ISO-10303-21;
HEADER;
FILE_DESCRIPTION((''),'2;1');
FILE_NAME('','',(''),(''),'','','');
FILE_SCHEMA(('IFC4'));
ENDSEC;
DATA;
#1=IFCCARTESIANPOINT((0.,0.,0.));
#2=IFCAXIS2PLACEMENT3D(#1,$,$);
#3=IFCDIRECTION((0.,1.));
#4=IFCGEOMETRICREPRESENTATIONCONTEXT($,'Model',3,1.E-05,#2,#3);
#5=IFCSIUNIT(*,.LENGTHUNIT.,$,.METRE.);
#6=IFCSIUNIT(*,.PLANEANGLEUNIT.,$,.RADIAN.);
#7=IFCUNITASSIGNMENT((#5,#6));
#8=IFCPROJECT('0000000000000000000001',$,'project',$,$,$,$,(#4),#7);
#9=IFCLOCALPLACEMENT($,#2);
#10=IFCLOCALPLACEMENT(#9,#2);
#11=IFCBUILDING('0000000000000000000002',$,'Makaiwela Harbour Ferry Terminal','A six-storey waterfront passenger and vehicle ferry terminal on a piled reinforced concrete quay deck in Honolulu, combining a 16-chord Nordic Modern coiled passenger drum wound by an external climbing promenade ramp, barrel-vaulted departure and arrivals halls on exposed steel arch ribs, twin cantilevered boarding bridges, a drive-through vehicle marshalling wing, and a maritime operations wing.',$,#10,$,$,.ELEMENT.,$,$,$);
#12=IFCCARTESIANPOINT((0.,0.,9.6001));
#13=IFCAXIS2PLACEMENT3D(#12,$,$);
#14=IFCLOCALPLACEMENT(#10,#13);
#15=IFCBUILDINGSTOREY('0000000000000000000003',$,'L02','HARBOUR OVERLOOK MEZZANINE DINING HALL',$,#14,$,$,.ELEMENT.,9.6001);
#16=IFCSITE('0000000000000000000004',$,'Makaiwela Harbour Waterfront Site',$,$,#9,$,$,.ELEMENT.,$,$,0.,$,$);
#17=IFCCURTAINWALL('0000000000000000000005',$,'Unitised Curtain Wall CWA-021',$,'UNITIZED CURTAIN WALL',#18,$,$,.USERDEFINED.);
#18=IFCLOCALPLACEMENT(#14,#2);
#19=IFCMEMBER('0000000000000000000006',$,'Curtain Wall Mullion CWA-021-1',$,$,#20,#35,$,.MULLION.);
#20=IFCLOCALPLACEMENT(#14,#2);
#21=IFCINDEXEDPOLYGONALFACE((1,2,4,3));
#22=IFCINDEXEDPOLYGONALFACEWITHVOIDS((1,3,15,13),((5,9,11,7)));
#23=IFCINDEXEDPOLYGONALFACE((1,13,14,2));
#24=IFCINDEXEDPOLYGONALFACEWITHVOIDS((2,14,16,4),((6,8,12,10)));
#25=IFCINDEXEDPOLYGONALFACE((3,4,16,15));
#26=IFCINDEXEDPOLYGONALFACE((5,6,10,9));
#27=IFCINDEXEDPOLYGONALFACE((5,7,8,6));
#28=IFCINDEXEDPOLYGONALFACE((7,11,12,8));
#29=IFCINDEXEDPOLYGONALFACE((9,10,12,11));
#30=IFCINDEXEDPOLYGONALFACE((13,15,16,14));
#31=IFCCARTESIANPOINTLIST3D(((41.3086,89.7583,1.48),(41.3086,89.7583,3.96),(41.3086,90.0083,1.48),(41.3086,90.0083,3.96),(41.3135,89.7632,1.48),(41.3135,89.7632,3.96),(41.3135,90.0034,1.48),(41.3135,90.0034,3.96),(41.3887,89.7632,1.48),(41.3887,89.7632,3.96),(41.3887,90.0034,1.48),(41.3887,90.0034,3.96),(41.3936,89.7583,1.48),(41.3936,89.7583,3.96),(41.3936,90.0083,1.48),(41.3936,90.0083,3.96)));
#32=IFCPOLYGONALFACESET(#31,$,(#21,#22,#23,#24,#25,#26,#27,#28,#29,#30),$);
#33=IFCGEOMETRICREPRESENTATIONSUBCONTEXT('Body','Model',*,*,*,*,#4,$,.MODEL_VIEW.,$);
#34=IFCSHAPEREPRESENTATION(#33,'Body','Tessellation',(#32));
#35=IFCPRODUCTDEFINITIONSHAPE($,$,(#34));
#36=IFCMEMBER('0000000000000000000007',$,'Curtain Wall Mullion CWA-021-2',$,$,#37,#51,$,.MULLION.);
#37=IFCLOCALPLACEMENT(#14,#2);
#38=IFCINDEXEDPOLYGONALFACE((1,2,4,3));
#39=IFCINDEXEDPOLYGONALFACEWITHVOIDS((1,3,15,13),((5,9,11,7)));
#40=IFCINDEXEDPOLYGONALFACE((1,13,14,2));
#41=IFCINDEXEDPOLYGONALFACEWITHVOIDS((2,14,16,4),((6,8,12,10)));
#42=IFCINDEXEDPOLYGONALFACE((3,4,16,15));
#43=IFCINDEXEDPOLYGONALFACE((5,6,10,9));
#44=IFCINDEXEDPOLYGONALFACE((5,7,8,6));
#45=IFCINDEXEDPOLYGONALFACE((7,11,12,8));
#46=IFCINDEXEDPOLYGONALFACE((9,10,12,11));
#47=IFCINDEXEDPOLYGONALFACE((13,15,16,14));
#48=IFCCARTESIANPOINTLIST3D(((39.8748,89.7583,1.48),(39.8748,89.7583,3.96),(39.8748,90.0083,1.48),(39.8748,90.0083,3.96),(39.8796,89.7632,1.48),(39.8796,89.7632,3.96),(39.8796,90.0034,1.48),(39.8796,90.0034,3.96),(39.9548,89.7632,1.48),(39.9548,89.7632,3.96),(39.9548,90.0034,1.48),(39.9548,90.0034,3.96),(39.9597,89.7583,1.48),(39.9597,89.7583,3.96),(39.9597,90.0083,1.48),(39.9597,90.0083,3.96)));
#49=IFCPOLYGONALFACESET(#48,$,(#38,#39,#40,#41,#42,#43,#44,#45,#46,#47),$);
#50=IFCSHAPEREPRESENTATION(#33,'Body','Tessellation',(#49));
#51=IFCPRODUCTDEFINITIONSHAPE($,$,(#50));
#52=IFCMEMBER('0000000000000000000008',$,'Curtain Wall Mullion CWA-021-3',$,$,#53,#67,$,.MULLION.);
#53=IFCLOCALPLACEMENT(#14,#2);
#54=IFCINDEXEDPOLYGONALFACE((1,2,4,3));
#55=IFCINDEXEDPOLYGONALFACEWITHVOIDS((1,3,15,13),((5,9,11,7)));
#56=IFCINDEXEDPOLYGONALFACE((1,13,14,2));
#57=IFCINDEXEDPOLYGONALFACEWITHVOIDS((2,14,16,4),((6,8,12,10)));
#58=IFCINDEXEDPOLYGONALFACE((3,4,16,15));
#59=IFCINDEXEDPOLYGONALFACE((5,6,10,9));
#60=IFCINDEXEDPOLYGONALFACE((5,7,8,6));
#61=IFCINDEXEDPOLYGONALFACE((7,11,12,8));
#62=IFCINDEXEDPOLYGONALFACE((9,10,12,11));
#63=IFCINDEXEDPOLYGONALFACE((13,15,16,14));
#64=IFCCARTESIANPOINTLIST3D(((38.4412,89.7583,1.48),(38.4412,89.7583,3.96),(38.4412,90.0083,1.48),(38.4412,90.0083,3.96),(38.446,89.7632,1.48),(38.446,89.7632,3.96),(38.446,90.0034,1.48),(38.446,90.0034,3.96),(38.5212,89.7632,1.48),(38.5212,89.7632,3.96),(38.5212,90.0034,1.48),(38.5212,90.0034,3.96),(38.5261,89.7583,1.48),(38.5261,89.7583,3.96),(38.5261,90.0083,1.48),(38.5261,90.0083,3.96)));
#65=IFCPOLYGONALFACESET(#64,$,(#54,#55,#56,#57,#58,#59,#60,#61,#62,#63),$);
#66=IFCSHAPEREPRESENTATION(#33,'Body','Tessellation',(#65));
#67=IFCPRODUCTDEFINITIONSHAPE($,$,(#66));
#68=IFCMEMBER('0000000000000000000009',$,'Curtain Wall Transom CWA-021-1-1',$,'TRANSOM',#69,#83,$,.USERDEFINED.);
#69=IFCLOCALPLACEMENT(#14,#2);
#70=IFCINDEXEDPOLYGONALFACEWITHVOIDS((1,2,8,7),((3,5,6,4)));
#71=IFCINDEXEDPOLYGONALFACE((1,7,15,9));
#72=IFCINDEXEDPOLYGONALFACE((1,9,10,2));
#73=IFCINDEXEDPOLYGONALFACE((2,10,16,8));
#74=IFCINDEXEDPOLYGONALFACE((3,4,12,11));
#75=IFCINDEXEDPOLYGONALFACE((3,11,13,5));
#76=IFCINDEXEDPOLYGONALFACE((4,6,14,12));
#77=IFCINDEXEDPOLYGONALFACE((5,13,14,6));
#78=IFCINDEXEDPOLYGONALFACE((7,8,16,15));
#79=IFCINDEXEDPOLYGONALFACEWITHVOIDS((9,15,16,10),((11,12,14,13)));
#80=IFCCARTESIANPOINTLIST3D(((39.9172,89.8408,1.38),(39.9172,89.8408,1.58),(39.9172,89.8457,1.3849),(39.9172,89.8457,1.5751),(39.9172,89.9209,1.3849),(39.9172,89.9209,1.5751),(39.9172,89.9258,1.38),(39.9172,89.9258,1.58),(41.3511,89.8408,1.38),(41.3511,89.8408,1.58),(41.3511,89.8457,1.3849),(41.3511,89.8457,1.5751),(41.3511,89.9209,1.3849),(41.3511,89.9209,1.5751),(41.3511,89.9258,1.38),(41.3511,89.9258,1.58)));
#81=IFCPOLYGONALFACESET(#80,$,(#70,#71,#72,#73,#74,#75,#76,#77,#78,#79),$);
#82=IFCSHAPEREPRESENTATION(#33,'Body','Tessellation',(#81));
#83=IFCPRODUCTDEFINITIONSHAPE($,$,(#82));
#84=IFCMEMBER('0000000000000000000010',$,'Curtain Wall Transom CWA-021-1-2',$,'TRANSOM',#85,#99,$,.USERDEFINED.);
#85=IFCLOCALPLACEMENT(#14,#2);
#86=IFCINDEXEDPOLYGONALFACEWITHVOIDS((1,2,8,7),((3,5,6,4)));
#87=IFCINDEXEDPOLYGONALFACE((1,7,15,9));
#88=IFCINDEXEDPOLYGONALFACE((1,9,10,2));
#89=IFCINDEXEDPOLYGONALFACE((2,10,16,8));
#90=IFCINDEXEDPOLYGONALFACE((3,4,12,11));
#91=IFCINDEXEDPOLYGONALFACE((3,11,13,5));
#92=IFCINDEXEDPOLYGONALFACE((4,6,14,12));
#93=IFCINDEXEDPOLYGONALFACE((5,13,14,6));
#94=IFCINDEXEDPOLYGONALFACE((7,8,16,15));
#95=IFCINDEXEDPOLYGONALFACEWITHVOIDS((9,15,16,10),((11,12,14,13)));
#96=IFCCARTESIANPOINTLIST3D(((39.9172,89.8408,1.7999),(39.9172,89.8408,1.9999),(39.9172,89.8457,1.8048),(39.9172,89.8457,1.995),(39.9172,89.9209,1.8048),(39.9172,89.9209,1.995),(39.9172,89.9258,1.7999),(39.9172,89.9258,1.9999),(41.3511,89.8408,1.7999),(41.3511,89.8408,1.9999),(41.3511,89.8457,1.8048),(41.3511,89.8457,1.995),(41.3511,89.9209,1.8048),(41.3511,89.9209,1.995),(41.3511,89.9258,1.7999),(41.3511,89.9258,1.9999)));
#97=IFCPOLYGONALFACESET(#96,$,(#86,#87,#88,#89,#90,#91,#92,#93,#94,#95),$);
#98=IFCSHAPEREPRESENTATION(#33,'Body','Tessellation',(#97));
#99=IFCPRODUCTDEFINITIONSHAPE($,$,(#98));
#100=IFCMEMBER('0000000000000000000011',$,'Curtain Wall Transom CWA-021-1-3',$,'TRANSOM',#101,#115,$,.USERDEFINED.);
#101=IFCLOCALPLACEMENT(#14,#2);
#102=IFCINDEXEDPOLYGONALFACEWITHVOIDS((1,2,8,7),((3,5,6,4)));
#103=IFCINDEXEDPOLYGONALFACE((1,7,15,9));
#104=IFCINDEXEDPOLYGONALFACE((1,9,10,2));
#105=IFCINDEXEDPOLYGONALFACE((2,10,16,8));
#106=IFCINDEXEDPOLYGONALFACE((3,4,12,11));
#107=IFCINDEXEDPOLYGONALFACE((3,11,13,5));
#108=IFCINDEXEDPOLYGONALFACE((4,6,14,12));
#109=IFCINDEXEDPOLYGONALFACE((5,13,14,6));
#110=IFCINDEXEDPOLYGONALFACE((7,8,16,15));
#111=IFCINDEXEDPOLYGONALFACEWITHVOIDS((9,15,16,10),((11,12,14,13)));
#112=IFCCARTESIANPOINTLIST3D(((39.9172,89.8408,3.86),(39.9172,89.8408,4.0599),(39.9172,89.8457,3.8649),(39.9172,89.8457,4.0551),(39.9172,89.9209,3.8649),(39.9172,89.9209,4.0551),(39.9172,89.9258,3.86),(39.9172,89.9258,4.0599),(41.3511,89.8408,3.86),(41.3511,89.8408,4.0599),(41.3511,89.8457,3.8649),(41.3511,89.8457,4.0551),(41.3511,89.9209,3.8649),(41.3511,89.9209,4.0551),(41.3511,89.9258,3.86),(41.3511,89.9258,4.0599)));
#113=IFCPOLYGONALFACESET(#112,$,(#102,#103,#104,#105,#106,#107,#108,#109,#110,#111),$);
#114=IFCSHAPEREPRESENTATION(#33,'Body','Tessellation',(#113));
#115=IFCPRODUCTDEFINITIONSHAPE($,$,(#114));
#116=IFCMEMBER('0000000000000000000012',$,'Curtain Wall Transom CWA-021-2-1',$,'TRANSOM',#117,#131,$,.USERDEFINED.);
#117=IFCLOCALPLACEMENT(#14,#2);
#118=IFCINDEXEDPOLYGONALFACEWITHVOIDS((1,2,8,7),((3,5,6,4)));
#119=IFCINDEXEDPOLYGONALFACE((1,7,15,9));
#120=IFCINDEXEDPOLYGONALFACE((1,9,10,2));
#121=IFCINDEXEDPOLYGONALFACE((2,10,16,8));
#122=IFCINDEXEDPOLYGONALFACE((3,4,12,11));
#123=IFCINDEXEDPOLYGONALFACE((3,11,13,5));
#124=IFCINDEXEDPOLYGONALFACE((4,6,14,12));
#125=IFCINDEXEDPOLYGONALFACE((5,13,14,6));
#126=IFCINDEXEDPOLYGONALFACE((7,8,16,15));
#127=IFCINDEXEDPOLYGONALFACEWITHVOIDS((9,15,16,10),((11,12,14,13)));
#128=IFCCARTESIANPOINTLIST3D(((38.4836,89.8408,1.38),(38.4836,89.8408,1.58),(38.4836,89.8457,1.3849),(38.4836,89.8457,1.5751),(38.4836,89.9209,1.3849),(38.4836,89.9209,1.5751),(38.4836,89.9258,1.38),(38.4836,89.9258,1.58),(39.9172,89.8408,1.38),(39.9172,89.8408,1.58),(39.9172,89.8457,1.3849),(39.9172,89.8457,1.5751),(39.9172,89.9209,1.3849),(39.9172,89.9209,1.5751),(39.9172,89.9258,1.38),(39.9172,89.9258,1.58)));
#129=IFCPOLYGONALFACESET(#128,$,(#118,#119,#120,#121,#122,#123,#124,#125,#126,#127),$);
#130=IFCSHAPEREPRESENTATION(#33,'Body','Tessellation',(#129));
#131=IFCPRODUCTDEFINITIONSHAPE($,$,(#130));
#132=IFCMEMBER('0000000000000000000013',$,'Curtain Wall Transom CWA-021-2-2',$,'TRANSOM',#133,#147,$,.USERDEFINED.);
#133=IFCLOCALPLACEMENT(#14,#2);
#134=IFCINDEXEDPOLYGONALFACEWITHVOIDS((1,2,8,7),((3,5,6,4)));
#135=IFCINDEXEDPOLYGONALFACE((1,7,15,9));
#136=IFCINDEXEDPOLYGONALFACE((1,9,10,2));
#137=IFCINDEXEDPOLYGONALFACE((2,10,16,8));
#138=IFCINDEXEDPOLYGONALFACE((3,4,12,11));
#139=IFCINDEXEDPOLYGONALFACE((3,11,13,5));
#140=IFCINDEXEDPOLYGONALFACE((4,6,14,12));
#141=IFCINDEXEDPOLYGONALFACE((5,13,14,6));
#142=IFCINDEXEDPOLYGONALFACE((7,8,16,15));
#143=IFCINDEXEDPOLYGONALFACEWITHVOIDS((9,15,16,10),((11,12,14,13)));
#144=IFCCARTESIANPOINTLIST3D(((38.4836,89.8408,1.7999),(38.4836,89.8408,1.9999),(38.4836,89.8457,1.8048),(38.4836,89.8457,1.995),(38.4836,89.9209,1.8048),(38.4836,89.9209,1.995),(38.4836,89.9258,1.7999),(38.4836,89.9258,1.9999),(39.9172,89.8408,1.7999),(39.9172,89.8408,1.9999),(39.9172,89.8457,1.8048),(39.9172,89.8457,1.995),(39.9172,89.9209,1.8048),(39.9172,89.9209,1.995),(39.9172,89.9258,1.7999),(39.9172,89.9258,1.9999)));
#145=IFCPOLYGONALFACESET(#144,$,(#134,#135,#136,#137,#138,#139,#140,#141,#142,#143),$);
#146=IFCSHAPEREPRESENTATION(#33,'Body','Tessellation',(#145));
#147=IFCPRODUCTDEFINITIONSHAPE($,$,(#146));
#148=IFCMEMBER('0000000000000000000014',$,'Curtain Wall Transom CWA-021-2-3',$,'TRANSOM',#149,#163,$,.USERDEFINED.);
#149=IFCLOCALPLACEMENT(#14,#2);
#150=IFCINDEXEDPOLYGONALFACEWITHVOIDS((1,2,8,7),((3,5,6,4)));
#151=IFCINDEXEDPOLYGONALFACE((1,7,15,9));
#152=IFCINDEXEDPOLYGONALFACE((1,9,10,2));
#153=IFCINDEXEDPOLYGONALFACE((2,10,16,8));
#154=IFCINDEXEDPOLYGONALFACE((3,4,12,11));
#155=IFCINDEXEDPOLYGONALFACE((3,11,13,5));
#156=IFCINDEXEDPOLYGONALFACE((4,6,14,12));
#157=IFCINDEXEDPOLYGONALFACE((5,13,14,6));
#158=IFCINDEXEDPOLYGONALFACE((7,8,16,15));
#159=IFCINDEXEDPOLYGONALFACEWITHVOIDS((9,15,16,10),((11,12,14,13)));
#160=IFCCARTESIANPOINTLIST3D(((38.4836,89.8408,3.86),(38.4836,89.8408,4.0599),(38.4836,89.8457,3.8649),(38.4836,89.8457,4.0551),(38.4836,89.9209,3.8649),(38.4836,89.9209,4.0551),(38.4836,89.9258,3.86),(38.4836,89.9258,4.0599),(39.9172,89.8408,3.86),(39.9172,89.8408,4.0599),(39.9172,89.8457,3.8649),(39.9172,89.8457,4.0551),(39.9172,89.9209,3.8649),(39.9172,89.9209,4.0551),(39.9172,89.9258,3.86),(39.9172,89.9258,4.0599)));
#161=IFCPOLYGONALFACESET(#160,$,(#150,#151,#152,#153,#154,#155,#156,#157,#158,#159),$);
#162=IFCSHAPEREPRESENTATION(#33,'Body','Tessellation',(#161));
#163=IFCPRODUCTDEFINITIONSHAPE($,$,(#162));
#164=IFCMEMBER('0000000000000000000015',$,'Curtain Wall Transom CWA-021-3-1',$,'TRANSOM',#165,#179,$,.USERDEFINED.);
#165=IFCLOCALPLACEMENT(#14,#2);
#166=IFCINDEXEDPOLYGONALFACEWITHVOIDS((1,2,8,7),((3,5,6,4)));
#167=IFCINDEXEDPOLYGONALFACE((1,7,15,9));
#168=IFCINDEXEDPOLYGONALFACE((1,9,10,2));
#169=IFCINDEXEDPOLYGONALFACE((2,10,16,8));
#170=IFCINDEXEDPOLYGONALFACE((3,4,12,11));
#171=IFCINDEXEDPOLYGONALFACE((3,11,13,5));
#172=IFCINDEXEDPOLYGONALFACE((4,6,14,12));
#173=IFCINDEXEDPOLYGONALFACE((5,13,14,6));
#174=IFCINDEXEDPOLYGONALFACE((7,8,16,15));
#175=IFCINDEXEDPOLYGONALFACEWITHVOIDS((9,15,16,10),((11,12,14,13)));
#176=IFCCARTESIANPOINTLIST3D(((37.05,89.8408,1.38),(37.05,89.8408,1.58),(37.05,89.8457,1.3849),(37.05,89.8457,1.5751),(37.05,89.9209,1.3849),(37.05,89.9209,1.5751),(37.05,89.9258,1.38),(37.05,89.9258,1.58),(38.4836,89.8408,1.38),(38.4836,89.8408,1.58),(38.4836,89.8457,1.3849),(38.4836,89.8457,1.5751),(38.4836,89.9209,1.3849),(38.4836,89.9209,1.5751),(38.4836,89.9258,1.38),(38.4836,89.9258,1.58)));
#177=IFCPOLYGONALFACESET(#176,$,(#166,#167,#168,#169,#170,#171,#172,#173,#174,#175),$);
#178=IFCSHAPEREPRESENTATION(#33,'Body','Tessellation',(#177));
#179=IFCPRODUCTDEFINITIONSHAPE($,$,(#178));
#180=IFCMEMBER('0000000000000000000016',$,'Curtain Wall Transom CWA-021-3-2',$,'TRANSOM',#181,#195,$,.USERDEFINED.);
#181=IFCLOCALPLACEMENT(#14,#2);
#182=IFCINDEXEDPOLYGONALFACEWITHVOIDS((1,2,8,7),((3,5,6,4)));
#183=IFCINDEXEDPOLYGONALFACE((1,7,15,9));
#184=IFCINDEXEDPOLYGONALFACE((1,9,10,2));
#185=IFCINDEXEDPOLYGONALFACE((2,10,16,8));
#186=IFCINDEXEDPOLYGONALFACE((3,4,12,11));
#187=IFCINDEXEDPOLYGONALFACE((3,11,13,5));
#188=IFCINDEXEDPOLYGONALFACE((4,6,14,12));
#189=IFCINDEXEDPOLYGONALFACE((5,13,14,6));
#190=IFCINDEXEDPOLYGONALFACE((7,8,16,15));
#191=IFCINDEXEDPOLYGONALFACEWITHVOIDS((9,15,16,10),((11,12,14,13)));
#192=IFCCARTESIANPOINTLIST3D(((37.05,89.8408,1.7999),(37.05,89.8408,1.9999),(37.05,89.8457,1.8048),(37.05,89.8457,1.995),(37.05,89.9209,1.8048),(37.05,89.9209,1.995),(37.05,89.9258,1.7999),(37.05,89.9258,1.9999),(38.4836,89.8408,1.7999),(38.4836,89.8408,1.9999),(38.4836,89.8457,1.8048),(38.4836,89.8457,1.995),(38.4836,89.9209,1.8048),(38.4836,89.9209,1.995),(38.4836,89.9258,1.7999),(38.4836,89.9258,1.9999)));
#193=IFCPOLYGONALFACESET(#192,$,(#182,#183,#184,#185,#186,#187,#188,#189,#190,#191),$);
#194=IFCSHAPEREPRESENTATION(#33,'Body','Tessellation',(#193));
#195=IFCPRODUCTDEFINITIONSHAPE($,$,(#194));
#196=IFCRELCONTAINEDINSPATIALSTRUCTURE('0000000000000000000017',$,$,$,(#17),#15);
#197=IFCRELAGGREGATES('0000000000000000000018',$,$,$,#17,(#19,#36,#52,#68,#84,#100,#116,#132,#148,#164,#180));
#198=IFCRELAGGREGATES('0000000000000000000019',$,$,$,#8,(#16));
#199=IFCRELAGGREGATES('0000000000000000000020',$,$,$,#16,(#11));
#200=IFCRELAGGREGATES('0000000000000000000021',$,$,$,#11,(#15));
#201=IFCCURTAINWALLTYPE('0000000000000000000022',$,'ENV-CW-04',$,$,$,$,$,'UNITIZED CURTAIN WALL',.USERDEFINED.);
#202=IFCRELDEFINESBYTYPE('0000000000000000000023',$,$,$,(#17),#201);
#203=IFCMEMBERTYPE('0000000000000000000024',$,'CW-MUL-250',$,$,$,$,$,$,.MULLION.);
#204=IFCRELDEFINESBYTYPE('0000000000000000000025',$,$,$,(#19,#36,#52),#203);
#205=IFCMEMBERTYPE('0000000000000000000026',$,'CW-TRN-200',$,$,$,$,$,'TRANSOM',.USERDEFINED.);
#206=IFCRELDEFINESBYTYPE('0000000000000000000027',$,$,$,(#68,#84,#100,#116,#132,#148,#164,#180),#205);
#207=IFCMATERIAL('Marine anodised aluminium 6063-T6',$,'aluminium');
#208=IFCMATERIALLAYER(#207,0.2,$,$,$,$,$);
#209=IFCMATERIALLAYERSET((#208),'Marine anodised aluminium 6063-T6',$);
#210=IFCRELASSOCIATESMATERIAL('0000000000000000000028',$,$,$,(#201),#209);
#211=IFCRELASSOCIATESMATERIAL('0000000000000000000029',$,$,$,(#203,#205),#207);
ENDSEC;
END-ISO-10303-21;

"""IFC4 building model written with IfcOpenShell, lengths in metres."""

from ifc_helpers import new_model, si_unit, direction, frame, origin, origin_2d, place, context, subcontext, project, spatial, hollow_rectangle, extrude, material, layer, layer_set, material_profile, profile_set, type_object, element, aggregate, save


model = new_model("IFC4")

# Units and contexts
model_context = context("Model", 3, precision=1e-05, world=origin(), true_north=direction((0.0, 1.0)))
body_context = subcontext(model_context, "Body", "Model", "MODEL_VIEW")
ifc_project = project(units=[si_unit("LENGTHUNIT", "METRE"), si_unit("PLANEANGLEUNIT", "RADIAN")], contexts=[model_context])

# Site, building, storey
site_placement = place(None, origin())
site = spatial("IfcSite", under=ifc_project, at=site_placement, Name="Makaiwela Harbour Waterfront Site", CompositionType="ELEMENT", RefElevation=0.0)
building_placement = place(site_placement, origin())
building = spatial("IfcBuilding", under=site, at=building_placement, Name="Makaiwela Harbour Ferry Terminal", Description="A six-storey waterfront passenger and vehicle ferry terminal on a piled reinforced concrete quay deck in Honolulu, combining a 16-chord Nordic Modern coiled passenger drum wound by an external climbing promenade ramp, barrel-vaulted departure and arrivals halls on exposed steel arch ribs, twin cantilevered boarding bridges, a drive-through vehicle marshalling wing, and a maritime operations wing.", CompositionType="ELEMENT")
storey_placement = place(building_placement, frame((0.0, 0.0, 9.6001)))
storey = spatial("IfcBuildingStorey", under=building, at=storey_placement, Name="L02", Description="HARBOUR OVERLOOK MEZZANINE DINING HALL", CompositionType="ELEMENT", Elevation=9.6001)

# Curtain wall, members
ifc_material_1 = material(Name="Marine anodised aluminium 6063-T6", Category="aluminium")
ifc_layer_1 = layer(ifc_material_1, 0.2)
ifc_layer_set_1 = layer_set([ifc_layer_1], Name="Marine anodised aluminium 6063-T6")
curtain_wall_type = type_object("IfcCurtainWallType", Name="ENV-CW-04", ElementType="UNITIZED CURTAIN WALL", PredefinedType="USERDEFINED", material=ifc_layer_set_1)
curtain_wall_placement = place(storey_placement, origin())
curtain_wall = element("IfcCurtainWall", 1, at=curtain_wall_placement, inside=storey, type_object=curtain_wall_type, Name="Unitised Curtain Wall CWA-021", ObjectType="UNITIZED CURTAIN WALL", PredefinedType="USERDEFINED")
ifc_material_profile_1 = material_profile(ifc_material_1, hollow_rectangle(XDim=0.085, YDim=0.25, WallThickness=0.0049, at=origin_2d()), Name="CWM-250X85")
ifc_profile_set_1 = profile_set([ifc_material_profile_1], Name="Marine anodised aluminium 6063-T6")
member_type_1 = type_object("IfcMemberType", Name="CW-MUL-250", PredefinedType="MULLION", material=ifc_profile_set_1)
member_1_placement = place(storey_placement, frame((41.3511, 89.8833, 1.48), z_axis=(0.0, 0.0, 1.0), x_axis=(1.0, 0.0, 0.0)))
member_1 = element("IfcMember", 2, at=member_1_placement, type_object=member_type_1, Name="Curtain Wall Mullion CWA-021-1", PredefinedType="MULLION", context=body_context, shape_type="SweptSolid", body=[
    extrude(hollow_rectangle(XDim=0.085, YDim=0.25, WallThickness=0.0049, at=origin_2d()), origin(), (0.0, 0.0, 1.0), 2.48),
])
member_2_placement = place(storey_placement, frame((39.9172, 89.8833, 1.48), z_axis=(0.0, 0.0, 1.0), x_axis=(1.0, 0.0, 0.0)))
member_2 = element("IfcMember", 3, at=member_2_placement, type_object=member_type_1, Name="Curtain Wall Mullion CWA-021-2", PredefinedType="MULLION", context=body_context, shape_type="SweptSolid", body=[
    extrude(hollow_rectangle(XDim=0.085, YDim=0.25, WallThickness=0.0049, at=origin_2d()), origin(), (0.0, 0.0, 1.0), 2.48),
])
member_3_placement = place(storey_placement, frame((38.4836, 89.8833, 1.48), z_axis=(0.0, 0.0, 1.0), x_axis=(1.0, 0.0, 0.0)))
member_3 = element("IfcMember", 4, at=member_3_placement, type_object=member_type_1, Name="Curtain Wall Mullion CWA-021-3", PredefinedType="MULLION", context=body_context, shape_type="SweptSolid", body=[
    extrude(hollow_rectangle(XDim=0.085, YDim=0.25, WallThickness=0.0049, at=origin_2d()), origin(), (0.0, 0.0, 1.0), 2.48),
])
ifc_material_profile_2 = material_profile(ifc_material_1, hollow_rectangle(XDim=0.085, YDim=0.2, WallThickness=0.0049, at=origin_2d()), Name="CWT-200X85")
ifc_profile_set_2 = profile_set([ifc_material_profile_2], Name="Marine anodised aluminium 6063-T6")
member_type_2 = type_object("IfcMemberType", Name="CW-TRN-200", ElementType="TRANSOM", PredefinedType="USERDEFINED", material=ifc_profile_set_2)
member_4_placement = place(storey_placement, frame((41.3511, 89.8833, 1.48), z_axis=(-1.0, 0.0, 0.0), x_axis=(0.0, -1.0, 0.0)))
member_4 = element("IfcMember", 5, at=member_4_placement, type_object=member_type_2, Name="Curtain Wall Transom CWA-021-1-1", ObjectType="TRANSOM", PredefinedType="USERDEFINED", context=body_context, shape_type="SweptSolid", body=[
    extrude(hollow_rectangle(XDim=0.085, YDim=0.2, WallThickness=0.0049, at=origin_2d()), origin(), (0.0, 0.0, 1.0), 1.4338),
])
member_5_placement = place(storey_placement, frame((41.3511, 89.8833, 1.8999), z_axis=(-1.0, 0.0, 0.0), x_axis=(0.0, -1.0, 0.0)))
member_5 = element("IfcMember", 6, at=member_5_placement, type_object=member_type_2, Name="Curtain Wall Transom CWA-021-1-2", ObjectType="TRANSOM", PredefinedType="USERDEFINED", context=body_context, shape_type="SweptSolid", body=[
    extrude(hollow_rectangle(XDim=0.085, YDim=0.2, WallThickness=0.0049, at=origin_2d()), origin(), (0.0, 0.0, 1.0), 1.4338),
])
member_6_placement = place(storey_placement, frame((41.3511, 89.8833, 3.96), z_axis=(-1.0, 0.0, 0.0), x_axis=(0.0, -1.0, 0.0)))
member_6 = element("IfcMember", 7, at=member_6_placement, type_object=member_type_2, Name="Curtain Wall Transom CWA-021-1-3", ObjectType="TRANSOM", PredefinedType="USERDEFINED", context=body_context, shape_type="SweptSolid", body=[
    extrude(hollow_rectangle(XDim=0.085, YDim=0.2, WallThickness=0.0049, at=origin_2d()), origin(), (0.0, 0.0, 1.0), 1.4338),
])
member_7_placement = place(storey_placement, frame((39.9172, 89.8833, 1.48), z_axis=(-1.0, 0.0, 0.0), x_axis=(0.0, -1.0, 0.0)))
member_7 = element("IfcMember", 8, at=member_7_placement, type_object=member_type_2, Name="Curtain Wall Transom CWA-021-2-1", ObjectType="TRANSOM", PredefinedType="USERDEFINED", context=body_context, shape_type="SweptSolid", body=[
    extrude(hollow_rectangle(XDim=0.085, YDim=0.2, WallThickness=0.0049, at=origin_2d()), origin(), (0.0, 0.0, 1.0), 1.4336),
])
member_8_placement = place(storey_placement, frame((39.9172, 89.8833, 1.8999), z_axis=(-1.0, 0.0, 0.0), x_axis=(0.0, -1.0, 0.0)))
member_8 = element("IfcMember", 9, at=member_8_placement, type_object=member_type_2, Name="Curtain Wall Transom CWA-021-2-2", ObjectType="TRANSOM", PredefinedType="USERDEFINED", context=body_context, shape_type="SweptSolid", body=[
    extrude(hollow_rectangle(XDim=0.085, YDim=0.2, WallThickness=0.0049, at=origin_2d()), origin(), (0.0, 0.0, 1.0), 1.4336),
])
member_9_placement = place(storey_placement, frame((39.9172, 89.8833, 3.96), z_axis=(-1.0, 0.0, 0.0), x_axis=(0.0, -1.0, 0.0)))
member_9 = element("IfcMember", 10, at=member_9_placement, type_object=member_type_2, Name="Curtain Wall Transom CWA-021-2-3", ObjectType="TRANSOM", PredefinedType="USERDEFINED", context=body_context, shape_type="SweptSolid", body=[
    extrude(hollow_rectangle(XDim=0.085, YDim=0.2, WallThickness=0.0049, at=origin_2d()), origin(), (0.0, 0.0, 1.0), 1.4336),
])
member_10_placement = place(storey_placement, frame((38.4836, 89.8833, 1.48), z_axis=(-1.0, 0.0, 0.0), x_axis=(0.0, -1.0, 0.0)))
member_10 = element("IfcMember", 11, at=member_10_placement, type_object=member_type_2, Name="Curtain Wall Transom CWA-021-3-1", ObjectType="TRANSOM", PredefinedType="USERDEFINED", context=body_context, shape_type="SweptSolid", body=[
    extrude(hollow_rectangle(XDim=0.085, YDim=0.2, WallThickness=0.0049, at=origin_2d()), origin(), (0.0, 0.0, 1.0), 1.4336),
])
member_11_placement = place(storey_placement, frame((38.4836, 89.8833, 1.8999), z_axis=(-1.0, 0.0, 0.0), x_axis=(0.0, -1.0, 0.0)))
member_11 = element("IfcMember", 12, at=member_11_placement, type_object=member_type_2, Name="Curtain Wall Transom CWA-021-3-2", ObjectType="TRANSOM", PredefinedType="USERDEFINED", context=body_context, shape_type="SweptSolid", body=[
    extrude(hollow_rectangle(XDim=0.085, YDim=0.2, WallThickness=0.0049, at=origin_2d()), origin(), (0.0, 0.0, 1.0), 1.4336),
])
aggregate(curtain_wall, [member_1, member_2, member_3, member_4, member_5, member_6, member_7, member_8, member_9, member_10, member_11])

save(model, "model.ifc")
